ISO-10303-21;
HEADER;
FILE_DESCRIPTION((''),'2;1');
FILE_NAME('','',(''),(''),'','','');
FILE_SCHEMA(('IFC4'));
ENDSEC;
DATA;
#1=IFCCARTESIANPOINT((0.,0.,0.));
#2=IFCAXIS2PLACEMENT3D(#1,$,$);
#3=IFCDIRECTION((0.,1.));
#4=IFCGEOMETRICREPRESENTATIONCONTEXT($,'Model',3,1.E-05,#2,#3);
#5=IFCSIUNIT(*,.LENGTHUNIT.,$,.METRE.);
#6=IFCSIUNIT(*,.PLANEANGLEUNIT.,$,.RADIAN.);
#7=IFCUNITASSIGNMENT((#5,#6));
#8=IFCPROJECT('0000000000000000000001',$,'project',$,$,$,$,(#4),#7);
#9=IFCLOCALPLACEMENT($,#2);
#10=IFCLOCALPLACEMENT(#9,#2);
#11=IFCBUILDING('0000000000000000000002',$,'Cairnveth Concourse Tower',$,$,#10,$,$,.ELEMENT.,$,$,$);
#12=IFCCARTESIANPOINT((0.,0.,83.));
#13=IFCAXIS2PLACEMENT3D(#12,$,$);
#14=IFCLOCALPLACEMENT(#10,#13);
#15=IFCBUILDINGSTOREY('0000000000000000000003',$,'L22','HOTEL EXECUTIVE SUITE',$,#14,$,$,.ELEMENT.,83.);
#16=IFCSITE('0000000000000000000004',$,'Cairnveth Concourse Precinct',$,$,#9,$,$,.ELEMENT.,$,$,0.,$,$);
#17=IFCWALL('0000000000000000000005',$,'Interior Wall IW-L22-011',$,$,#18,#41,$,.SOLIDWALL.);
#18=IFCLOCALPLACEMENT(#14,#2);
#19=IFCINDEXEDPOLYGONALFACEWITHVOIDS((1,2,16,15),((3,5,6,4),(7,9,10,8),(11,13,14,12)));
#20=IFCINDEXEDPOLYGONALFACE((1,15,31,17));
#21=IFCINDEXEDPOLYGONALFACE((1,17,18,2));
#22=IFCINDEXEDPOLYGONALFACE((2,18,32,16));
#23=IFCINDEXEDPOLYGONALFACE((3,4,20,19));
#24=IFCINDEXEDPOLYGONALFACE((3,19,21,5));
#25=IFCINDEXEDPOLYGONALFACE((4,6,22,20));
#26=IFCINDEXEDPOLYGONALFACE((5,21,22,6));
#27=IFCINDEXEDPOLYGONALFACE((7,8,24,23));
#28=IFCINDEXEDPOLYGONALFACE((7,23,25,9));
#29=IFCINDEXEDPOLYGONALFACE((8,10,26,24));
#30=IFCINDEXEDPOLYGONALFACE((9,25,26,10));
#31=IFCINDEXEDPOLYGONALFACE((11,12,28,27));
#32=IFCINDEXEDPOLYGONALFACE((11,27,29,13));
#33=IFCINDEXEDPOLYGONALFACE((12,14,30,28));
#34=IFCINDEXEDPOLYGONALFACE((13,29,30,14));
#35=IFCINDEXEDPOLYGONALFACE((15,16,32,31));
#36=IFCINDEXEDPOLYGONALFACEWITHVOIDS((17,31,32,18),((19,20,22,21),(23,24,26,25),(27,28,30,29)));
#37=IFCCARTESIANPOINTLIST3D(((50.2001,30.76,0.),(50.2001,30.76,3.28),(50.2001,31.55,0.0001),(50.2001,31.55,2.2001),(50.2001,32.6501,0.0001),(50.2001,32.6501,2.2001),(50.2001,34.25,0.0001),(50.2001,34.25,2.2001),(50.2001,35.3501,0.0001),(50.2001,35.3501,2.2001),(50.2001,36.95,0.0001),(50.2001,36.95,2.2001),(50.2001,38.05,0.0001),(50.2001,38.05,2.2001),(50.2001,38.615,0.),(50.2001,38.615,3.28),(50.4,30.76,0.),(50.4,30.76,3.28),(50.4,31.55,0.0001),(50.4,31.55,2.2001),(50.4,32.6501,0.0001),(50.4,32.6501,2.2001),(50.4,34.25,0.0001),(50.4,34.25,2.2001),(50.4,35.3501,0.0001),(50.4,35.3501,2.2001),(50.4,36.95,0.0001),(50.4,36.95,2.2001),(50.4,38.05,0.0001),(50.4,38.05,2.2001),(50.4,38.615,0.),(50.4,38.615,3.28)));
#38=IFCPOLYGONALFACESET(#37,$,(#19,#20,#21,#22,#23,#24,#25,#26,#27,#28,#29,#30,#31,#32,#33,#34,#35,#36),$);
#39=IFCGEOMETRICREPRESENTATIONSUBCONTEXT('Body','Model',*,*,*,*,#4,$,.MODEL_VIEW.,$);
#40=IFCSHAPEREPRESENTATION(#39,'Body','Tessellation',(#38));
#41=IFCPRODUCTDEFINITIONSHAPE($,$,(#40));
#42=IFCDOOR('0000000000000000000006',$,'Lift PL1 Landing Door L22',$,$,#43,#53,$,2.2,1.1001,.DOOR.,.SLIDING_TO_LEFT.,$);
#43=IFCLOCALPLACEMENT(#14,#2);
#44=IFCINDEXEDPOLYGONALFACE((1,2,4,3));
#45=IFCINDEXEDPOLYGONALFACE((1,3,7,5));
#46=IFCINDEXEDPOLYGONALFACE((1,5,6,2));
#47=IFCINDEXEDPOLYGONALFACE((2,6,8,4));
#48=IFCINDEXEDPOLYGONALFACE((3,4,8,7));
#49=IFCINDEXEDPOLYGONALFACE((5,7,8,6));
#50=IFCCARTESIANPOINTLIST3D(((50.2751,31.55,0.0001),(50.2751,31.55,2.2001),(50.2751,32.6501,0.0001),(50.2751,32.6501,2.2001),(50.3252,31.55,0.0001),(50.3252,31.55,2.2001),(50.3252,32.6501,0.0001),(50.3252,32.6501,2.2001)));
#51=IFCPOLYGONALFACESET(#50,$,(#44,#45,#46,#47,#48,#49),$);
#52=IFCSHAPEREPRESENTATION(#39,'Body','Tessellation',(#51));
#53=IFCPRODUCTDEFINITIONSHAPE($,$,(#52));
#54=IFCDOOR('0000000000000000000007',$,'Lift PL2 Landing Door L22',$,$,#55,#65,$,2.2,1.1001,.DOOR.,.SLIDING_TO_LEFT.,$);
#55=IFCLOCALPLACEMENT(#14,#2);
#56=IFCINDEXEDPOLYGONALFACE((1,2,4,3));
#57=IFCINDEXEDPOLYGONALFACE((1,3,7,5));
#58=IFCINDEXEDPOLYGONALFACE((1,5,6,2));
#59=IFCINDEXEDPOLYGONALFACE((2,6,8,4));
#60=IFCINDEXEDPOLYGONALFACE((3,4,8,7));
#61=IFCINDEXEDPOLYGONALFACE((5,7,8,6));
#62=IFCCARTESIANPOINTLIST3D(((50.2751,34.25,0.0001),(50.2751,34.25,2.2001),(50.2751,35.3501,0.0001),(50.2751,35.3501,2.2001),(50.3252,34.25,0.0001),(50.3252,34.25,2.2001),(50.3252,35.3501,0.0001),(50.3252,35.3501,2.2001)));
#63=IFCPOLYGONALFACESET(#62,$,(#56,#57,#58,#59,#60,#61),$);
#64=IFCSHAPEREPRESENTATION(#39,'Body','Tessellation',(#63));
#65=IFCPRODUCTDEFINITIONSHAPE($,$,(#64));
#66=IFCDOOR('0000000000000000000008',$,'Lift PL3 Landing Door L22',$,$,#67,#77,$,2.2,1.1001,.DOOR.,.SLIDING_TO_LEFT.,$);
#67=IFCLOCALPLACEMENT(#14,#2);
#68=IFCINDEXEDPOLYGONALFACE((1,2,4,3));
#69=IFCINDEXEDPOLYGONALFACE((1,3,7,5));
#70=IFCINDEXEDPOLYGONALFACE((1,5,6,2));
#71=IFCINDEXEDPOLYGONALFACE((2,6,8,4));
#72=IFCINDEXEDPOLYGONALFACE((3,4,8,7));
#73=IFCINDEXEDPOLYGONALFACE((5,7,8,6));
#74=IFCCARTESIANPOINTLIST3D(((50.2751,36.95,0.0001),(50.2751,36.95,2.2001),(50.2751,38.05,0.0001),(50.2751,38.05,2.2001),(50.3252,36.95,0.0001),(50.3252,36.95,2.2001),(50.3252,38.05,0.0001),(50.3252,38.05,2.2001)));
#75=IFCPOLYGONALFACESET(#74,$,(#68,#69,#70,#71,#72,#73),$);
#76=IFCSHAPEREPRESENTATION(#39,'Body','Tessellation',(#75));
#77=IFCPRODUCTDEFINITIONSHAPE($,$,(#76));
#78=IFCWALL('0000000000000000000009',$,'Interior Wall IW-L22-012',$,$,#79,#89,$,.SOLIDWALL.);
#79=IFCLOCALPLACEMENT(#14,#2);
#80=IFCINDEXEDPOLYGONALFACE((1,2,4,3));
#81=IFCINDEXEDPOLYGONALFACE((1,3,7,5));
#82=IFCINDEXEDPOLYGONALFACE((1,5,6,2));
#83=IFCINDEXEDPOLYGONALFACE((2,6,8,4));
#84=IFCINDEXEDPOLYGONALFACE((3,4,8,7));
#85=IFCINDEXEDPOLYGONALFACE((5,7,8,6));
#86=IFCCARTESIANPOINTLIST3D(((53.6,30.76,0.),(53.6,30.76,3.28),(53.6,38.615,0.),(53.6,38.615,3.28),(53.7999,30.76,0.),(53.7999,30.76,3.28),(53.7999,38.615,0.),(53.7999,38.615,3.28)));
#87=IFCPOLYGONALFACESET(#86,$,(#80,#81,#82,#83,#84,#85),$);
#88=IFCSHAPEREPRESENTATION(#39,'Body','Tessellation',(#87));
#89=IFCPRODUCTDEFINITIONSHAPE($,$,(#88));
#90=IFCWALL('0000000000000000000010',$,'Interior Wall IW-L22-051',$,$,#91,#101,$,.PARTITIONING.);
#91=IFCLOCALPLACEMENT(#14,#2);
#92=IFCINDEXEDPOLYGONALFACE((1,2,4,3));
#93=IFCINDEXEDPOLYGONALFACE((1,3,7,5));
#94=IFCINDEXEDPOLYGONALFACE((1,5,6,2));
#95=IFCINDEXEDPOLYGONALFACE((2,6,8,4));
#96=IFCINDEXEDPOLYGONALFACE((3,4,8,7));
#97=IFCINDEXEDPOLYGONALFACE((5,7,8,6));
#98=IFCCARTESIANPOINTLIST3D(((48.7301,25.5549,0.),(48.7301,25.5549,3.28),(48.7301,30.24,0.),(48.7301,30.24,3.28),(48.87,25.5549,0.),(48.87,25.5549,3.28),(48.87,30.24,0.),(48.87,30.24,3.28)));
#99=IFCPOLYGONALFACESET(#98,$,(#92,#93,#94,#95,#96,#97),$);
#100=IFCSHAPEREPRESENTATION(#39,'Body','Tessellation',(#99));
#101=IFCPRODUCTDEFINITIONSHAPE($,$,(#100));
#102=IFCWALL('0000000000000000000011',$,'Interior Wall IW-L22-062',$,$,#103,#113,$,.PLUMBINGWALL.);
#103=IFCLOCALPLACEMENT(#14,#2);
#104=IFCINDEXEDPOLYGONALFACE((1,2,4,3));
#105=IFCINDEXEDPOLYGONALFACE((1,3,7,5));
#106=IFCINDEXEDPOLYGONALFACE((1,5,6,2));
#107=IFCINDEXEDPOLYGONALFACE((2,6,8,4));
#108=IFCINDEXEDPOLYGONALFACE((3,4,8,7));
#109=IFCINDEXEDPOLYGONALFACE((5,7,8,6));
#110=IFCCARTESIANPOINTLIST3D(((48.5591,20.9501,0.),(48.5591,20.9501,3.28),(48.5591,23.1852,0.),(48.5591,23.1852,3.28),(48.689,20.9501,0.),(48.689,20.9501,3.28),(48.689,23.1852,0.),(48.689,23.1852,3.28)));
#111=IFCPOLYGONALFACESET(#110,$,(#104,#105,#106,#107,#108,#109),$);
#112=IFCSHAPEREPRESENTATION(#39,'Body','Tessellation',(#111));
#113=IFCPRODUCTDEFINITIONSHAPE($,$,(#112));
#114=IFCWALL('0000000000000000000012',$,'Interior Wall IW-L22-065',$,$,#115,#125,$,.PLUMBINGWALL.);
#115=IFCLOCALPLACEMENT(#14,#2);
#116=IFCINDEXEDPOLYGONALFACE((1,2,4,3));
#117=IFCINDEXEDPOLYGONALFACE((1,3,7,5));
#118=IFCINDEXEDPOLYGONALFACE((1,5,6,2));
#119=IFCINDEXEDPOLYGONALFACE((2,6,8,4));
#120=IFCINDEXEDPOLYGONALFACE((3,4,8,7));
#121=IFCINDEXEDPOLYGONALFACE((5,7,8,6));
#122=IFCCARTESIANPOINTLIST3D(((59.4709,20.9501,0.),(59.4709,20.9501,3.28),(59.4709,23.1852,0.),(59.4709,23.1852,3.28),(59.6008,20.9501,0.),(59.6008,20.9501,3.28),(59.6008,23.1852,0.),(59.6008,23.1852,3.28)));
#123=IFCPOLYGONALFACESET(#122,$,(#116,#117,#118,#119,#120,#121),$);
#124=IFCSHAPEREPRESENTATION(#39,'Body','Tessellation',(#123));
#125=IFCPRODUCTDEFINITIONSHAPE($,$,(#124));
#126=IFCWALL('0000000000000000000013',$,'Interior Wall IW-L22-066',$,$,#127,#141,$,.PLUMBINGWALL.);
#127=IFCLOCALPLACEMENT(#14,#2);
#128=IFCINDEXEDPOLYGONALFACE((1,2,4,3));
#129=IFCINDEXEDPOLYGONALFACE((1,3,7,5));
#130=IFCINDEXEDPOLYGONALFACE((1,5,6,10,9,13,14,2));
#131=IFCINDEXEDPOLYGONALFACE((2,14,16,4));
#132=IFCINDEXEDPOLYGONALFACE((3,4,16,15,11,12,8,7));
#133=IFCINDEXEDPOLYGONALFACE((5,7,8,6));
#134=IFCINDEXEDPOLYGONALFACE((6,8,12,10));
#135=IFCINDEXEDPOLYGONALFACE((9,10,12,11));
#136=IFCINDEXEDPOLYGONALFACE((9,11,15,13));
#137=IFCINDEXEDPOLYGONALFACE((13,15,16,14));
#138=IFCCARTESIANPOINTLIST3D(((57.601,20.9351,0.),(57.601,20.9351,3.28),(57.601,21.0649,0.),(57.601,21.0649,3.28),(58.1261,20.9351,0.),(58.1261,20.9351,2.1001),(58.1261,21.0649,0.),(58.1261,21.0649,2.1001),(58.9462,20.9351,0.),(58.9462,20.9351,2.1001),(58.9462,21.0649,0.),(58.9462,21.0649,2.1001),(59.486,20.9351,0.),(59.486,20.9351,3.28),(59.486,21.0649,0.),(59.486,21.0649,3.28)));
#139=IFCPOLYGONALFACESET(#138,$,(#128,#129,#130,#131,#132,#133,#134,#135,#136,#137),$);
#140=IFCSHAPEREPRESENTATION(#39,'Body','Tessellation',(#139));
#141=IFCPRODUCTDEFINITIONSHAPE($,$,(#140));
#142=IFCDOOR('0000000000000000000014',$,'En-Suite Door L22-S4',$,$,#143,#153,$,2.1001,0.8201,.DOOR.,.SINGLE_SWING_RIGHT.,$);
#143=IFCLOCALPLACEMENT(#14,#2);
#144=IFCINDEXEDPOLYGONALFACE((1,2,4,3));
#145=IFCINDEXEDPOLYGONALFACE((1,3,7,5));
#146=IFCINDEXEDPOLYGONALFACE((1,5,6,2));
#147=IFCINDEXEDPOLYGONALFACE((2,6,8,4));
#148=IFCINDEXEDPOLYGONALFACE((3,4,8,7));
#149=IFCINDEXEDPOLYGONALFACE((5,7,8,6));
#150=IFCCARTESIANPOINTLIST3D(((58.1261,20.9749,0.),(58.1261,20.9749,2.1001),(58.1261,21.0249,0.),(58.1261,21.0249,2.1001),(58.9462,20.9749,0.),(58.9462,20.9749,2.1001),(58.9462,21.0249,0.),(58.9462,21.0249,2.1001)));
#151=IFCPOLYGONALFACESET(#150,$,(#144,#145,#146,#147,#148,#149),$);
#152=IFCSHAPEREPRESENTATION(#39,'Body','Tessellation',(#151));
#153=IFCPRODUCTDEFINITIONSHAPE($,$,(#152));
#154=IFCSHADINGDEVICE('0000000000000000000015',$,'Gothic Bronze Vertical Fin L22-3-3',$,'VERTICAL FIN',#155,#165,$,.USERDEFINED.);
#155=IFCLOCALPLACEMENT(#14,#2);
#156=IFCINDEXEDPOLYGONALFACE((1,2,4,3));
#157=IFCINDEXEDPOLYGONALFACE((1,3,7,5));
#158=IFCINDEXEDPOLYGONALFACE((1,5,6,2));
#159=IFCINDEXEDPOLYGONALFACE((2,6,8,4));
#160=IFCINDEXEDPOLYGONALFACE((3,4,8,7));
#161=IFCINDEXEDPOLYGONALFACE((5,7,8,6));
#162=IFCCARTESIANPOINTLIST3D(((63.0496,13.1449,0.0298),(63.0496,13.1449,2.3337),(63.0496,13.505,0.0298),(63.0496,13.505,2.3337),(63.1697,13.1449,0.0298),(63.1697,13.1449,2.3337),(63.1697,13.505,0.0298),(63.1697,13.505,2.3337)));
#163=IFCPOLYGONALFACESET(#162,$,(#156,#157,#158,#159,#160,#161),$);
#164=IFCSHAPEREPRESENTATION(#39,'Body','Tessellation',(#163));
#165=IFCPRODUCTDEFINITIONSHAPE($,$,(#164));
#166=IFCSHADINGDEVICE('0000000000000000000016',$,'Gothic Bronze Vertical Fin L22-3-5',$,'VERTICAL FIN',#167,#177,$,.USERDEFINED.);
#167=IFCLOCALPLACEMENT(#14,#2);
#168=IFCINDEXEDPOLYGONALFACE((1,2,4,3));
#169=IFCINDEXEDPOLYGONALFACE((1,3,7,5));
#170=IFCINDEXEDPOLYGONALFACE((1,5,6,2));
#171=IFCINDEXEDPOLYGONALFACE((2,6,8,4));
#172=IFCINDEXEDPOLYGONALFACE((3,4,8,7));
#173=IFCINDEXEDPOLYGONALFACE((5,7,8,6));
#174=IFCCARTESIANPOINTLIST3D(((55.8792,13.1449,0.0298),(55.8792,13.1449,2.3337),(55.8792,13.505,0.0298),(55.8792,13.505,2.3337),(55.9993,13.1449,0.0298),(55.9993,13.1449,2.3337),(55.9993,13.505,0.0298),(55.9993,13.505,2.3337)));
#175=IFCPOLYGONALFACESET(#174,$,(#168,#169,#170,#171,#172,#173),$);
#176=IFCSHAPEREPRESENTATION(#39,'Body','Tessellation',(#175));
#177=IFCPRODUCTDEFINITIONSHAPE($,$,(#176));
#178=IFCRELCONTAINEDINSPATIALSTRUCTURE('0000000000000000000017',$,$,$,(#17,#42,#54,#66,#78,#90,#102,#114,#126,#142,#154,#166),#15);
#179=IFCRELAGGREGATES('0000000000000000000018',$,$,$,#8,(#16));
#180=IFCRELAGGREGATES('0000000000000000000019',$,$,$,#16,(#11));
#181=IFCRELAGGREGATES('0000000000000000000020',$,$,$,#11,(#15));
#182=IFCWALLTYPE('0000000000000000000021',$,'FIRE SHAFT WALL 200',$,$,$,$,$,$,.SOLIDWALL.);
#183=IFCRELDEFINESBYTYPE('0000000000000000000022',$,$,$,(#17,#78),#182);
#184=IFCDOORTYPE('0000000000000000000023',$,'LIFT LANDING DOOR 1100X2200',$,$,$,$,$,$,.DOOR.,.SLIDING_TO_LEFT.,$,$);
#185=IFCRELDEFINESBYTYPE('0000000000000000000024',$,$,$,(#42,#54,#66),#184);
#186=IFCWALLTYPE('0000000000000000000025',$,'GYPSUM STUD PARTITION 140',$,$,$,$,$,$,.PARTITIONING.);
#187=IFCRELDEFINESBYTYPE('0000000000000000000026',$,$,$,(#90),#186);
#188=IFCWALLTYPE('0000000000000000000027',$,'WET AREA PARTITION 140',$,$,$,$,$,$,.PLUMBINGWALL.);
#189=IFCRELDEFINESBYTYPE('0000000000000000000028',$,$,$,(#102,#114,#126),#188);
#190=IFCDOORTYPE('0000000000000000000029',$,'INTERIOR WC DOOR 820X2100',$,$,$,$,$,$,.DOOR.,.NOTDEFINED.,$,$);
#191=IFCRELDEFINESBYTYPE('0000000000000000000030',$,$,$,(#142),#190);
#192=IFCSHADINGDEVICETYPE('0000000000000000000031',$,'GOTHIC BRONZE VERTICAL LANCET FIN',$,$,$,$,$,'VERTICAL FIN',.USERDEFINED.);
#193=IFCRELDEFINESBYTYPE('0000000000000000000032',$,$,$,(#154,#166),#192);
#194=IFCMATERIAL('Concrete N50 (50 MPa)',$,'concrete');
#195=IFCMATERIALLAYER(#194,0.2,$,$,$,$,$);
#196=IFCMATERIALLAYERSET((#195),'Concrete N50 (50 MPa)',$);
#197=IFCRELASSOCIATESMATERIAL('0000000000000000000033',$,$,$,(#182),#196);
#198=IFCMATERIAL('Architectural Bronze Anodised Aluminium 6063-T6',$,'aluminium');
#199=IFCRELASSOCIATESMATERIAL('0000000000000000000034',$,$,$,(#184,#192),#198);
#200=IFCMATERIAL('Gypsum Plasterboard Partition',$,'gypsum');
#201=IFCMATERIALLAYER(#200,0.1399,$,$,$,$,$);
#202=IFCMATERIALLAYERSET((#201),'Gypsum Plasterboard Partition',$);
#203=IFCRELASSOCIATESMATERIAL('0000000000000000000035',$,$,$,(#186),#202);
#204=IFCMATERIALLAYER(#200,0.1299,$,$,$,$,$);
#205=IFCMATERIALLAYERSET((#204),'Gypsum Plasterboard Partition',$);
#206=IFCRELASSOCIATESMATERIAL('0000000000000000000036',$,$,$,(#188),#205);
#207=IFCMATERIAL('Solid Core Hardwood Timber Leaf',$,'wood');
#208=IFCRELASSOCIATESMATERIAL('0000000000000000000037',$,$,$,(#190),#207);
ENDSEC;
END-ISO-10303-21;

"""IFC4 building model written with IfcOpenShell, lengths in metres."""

from ifc_helpers import new_model, si_unit, direction, frame, frame_2d, origin, origin_2d, place, context, subcontext, project, spatial, rectangle, extrude, material, layer, layer_set, type_object, element, fill, save


model = new_model("IFC4")

# Units and contexts
model_context = context("Model", 3, precision=1e-05, world=origin(), true_north=direction((0.0, 1.0)))
body_context = subcontext(model_context, "Body", "Model", "MODEL_VIEW")
ifc_project = project(units=[si_unit("LENGTHUNIT", "METRE"), si_unit("PLANEANGLEUNIT", "RADIAN")], contexts=[model_context])

# Site, building, storey
site_placement = place(None, origin())
site = spatial("IfcSite", under=ifc_project, at=site_placement, Name="Cairnveth Concourse Precinct", CompositionType="ELEMENT", RefElevation=0.0)
building_placement = place(site_placement, origin())
building = spatial("IfcBuilding", under=site, at=building_placement, Name="Cairnveth Concourse Tower", CompositionType="ELEMENT")
storey_placement = place(building_placement, frame((0.0, 0.0, 83.0)))
storey = spatial("IfcBuildingStorey", under=building, at=storey_placement, Name="L22", Description="HOTEL EXECUTIVE SUITE", CompositionType="ELEMENT", Elevation=83.0)

# Shared definitions
ifc_material_1 = material(Name="Gypsum Plasterboard Partition", Category="gypsum")

# Wall, openings, doors
ifc_material_2 = material(Name="Concrete N50 (50 MPa)", Category="concrete")
ifc_layer_1 = layer(ifc_material_2, 0.2)
ifc_layer_set_1 = layer_set([ifc_layer_1], Name="Concrete N50 (50 MPa)")
wall_type_1 = type_object("IfcWallType", Name="FIRE SHAFT WALL 200", PredefinedType="SOLIDWALL", material=ifc_layer_set_1)
wall_1_placement = place(storey_placement, frame((50.3, 30.76, 0.0), z_axis=(0.0, 0.0, 1.0), x_axis=(0.0, 1.0, 0.0)))
wall_1 = element("IfcWall", 1, at=wall_1_placement, inside=storey, type_object=wall_type_1, Name="Interior Wall IW-L22-011", PredefinedType="SOLIDWALL", context=body_context, shape_type="SweptSolid", body=[
    extrude(rectangle(XDim=7.855, YDim=0.2, at=frame_2d((3.9275, 0.0))), origin(), (0.0, 0.0, 1.0), 3.28),
])
opening_1_placement = place(wall_1_placement, frame((0.79, 0.0, 0.0)))
opening_1 = element("IfcOpeningElement", 2, at=opening_1_placement, cuts=wall_1, PredefinedType="OPENING", context=body_context, shape_type="SweptSolid", body=[
    extrude(rectangle(XDim=1.1001, YDim=2.2, at=frame_2d((0.55, 1.1001))), frame((0.0, 0.1099, 0.0), z_axis=(0.0, -1.0, 0.0), x_axis=(1.0, 0.0, 0.0)), (0.0, 0.0, 1.0), 0.22),
])
opening_2_placement = place(wall_1_placement, frame((3.49, 0.0, 0.0)))
opening_2 = element("IfcOpeningElement", 3, at=opening_2_placement, cuts=wall_1, PredefinedType="OPENING", context=body_context, shape_type="SweptSolid", body=[
    extrude(rectangle(XDim=1.1001, YDim=2.2, at=frame_2d((0.55, 1.1001))), frame((0.0, 0.1099, 0.0), z_axis=(0.0, -1.0, 0.0), x_axis=(1.0, 0.0, 0.0)), (0.0, 0.0, 1.0), 0.22),
])
opening_3_placement = place(wall_1_placement, frame((6.1899, 0.0, 0.0)))
opening_3 = element("IfcOpeningElement", 4, at=opening_3_placement, cuts=wall_1, PredefinedType="OPENING", context=body_context, shape_type="SweptSolid", body=[
    extrude(rectangle(XDim=1.1001, YDim=2.2, at=frame_2d((0.55, 1.1001))), frame((0.0, 0.1099, 0.0), z_axis=(0.0, -1.0, 0.0), x_axis=(1.0, 0.0, 0.0)), (0.0, 0.0, 1.0), 0.22),
])
ifc_material_3 = material(Name="Architectural Bronze Anodised Aluminium 6063-T6", Category="aluminium")
door_type_1 = type_object("IfcDoorType", Name="LIFT LANDING DOOR 1100X2200", OperationType="SLIDING_TO_LEFT", PredefinedType="DOOR", material=ifc_material_3)
door_1_placement = place(opening_1_placement, origin())
door_1 = element("IfcDoor", 5, at=door_1_placement, inside=storey, type_object=door_type_1, Name="Lift PL1 Landing Door L22", OperationType="SLIDING_TO_LEFT", OverallHeight=2.2, OverallWidth=1.1001, PredefinedType="DOOR", context=body_context, shape_type="SweptSolid", body=[
    extrude(rectangle(XDim=1.1001, YDim=2.2, at=frame_2d((0.55, 1.1001))), frame((0.0, 0.0249, 0.0), z_axis=(0.0, -1.0, 0.0), x_axis=(1.0, 0.0, 0.0)), (0.0, 0.0, 1.0), 0.05),
])
fill(opening_1, door_1)
door_2_placement = place(opening_2_placement, origin())
door_2 = element("IfcDoor", 6, at=door_2_placement, inside=storey, type_object=door_type_1, Name="Lift PL2 Landing Door L22", OperationType="SLIDING_TO_LEFT", OverallHeight=2.2, OverallWidth=1.1001, PredefinedType="DOOR", context=body_context, shape_type="SweptSolid", body=[
    extrude(rectangle(XDim=1.1001, YDim=2.2, at=frame_2d((0.55, 1.1001))), frame((0.0, 0.0249, 0.0), z_axis=(0.0, -1.0, 0.0), x_axis=(1.0, 0.0, 0.0)), (0.0, 0.0, 1.0), 0.05),
])
fill(opening_2, door_2)
door_3_placement = place(opening_3_placement, origin())
door_3 = element("IfcDoor", 7, at=door_3_placement, inside=storey, type_object=door_type_1, Name="Lift PL3 Landing Door L22", OperationType="SLIDING_TO_LEFT", OverallHeight=2.2, OverallWidth=1.1001, PredefinedType="DOOR", context=body_context, shape_type="SweptSolid", body=[
    extrude(rectangle(XDim=1.1001, YDim=2.2, at=frame_2d((0.55, 1.1001))), frame((0.0, 0.0249, 0.0), z_axis=(0.0, -1.0, 0.0), x_axis=(1.0, 0.0, 0.0)), (0.0, 0.0, 1.0), 0.05),
])
fill(opening_3, door_3)

# Walls
wall_2_placement = place(storey_placement, frame((53.7, 30.76, 0.0), z_axis=(0.0, 0.0, 1.0), x_axis=(0.0, 1.0, 0.0)))
element("IfcWall", 8, at=wall_2_placement, inside=storey, type_object=wall_type_1, Name="Interior Wall IW-L22-012", PredefinedType="SOLIDWALL", context=body_context, shape_type="SweptSolid", body=[
    extrude(rectangle(XDim=7.855, YDim=0.2, at=frame_2d((3.9275, 0.0))), origin(), (0.0, 0.0, 1.0), 3.28),
])
ifc_layer_2 = layer(ifc_material_1, 0.1399)
ifc_layer_set_2 = layer_set([ifc_layer_2], Name="Gypsum Plasterboard Partition")
wall_type_2 = type_object("IfcWallType", Name="GYPSUM STUD PARTITION 140", PredefinedType="PARTITIONING", material=ifc_layer_set_2)
wall_3_placement = place(storey_placement, frame((48.8, 25.5549, 0.0), z_axis=(0.0, 0.0, 1.0), x_axis=(0.0, 1.0, 0.0)))
element("IfcWall", 9, at=wall_3_placement, inside=storey, type_object=wall_type_2, Name="Interior Wall IW-L22-051", PredefinedType="PARTITIONING", context=body_context, shape_type="SweptSolid", body=[
    extrude(rectangle(XDim=4.6851, YDim=0.1399, at=frame_2d((2.3425, 0.0))), origin(), (0.0, 0.0, 1.0), 3.28),
])
ifc_layer_3 = layer(ifc_material_1, 0.1299)
ifc_layer_set_3 = layer_set([ifc_layer_3], Name="Gypsum Plasterboard Partition")
wall_type_3 = type_object("IfcWallType", Name="WET AREA PARTITION 140", PredefinedType="PLUMBINGWALL", material=ifc_layer_set_3)
for number, where, z_axis, x_axis, name in (
    (10, (48.624, 20.95, 0.0), (0.0, 0.0, 1.0), (0.0, 1.0, 0.0), "Interior Wall IW-L22-062"),
    (11, (59.5359, 20.95, 0.0), (0.0, 0.0, 1.0), (0.0, 1.0, 0.0), "Interior Wall IW-L22-065"),
):
    element("IfcWall", number, at=place(storey_placement, frame(where, z_axis=z_axis, x_axis=x_axis)), inside=storey, type_object=wall_type_3, Name=name, PredefinedType="PLUMBINGWALL", context=body_context, shape_type="SweptSolid", body=[
        extrude(rectangle(XDim=2.2351, YDim=0.1299, at=frame_2d((1.1177, 0.0))), origin(), (0.0, 0.0, 1.0), 3.28),
    ])

# Wall, opening, door
wall_4_placement = place(storey_placement, frame((57.6011, 21.0, 0.0), z_axis=(0.0, 0.0, 1.0), x_axis=(1.0, 0.0, 0.0)))
wall_4 = element("IfcWall", 12, at=wall_4_placement, inside=storey, type_object=wall_type_3, Name="Interior Wall IW-L22-066", PredefinedType="PLUMBINGWALL", context=body_context, shape_type="SweptSolid", body=[
    extrude(rectangle(XDim=1.885, YDim=0.1299, at=frame_2d((0.9424, 0.0))), origin(), (0.0, 0.0, 1.0), 3.28),
])
opening_4_placement = place(wall_4_placement, frame((0.5249, 0.0, 0.0)))
opening_4 = element("IfcOpeningElement", 13, at=opening_4_placement, cuts=wall_4, PredefinedType="OPENING", context=body_context, shape_type="SweptSolid", body=[
    extrude(rectangle(XDim=0.8201, YDim=2.1001, at=frame_2d((0.4102, 1.05))), frame((0.0, 0.075, 0.0), z_axis=(0.0, -1.0, 0.0), x_axis=(1.0, 0.0, 0.0)), (0.0, 0.0, 1.0), 0.1499),
])
ifc_material_4 = material(Name="Solid Core Hardwood Timber Leaf", Category="wood")
door_type_2 = type_object("IfcDoorType", Name="INTERIOR WC DOOR 820X2100", OperationType="NOTDEFINED", PredefinedType="DOOR", material=ifc_material_4)
door_4_placement = place(opening_4_placement, origin())
door_4 = element("IfcDoor", 14, at=door_4_placement, inside=storey, type_object=door_type_2, Name="En-Suite Door L22-S4", OperationType="SINGLE_SWING_RIGHT", OverallHeight=2.1001, OverallWidth=0.8201, PredefinedType="DOOR", context=body_context, shape_type="SweptSolid", body=[
    extrude(rectangle(XDim=0.8201, YDim=2.1001, at=frame_2d((0.4102, 1.05))), frame((0.0, 0.0249, 0.0), z_axis=(0.0, -1.0, 0.0), x_axis=(1.0, 0.0, 0.0)), (0.0, 0.0, 1.0), 0.05),
])
fill(opening_4, door_4)

# Shading devices
shading_device_type = type_object("IfcShadingDeviceType", Name="GOTHIC BRONZE VERTICAL LANCET FIN", ElementType="VERTICAL FIN", PredefinedType="USERDEFINED", material=ifc_material_3)
for number, where, z_axis, x_axis, name in (
    (15, (63.1096, 13.325, 0.0298), (0.0, 0.0, 1.0), (1.0, 0.0, 0.0), "Gothic Bronze Vertical Fin L22-3-3"),
    (16, (55.9392, 13.325, 0.0298), (0.0, 0.0, 1.0), (1.0, 0.0, 0.0), "Gothic Bronze Vertical Fin L22-3-5"),
):
    element("IfcShadingDevice", number, at=place(storey_placement, frame(where, z_axis=z_axis, x_axis=x_axis)), inside=storey, type_object=shading_device_type, Name=name, ObjectType="VERTICAL FIN", PredefinedType="USERDEFINED", context=body_context, shape_type="SweptSolid", body=[
        extrude(rectangle(XDim=0.1201, YDim=0.3601, at=origin_2d()), origin(), (0.0, 0.0, 1.0), 2.304),
    ])

save(model, "model.ifc")
